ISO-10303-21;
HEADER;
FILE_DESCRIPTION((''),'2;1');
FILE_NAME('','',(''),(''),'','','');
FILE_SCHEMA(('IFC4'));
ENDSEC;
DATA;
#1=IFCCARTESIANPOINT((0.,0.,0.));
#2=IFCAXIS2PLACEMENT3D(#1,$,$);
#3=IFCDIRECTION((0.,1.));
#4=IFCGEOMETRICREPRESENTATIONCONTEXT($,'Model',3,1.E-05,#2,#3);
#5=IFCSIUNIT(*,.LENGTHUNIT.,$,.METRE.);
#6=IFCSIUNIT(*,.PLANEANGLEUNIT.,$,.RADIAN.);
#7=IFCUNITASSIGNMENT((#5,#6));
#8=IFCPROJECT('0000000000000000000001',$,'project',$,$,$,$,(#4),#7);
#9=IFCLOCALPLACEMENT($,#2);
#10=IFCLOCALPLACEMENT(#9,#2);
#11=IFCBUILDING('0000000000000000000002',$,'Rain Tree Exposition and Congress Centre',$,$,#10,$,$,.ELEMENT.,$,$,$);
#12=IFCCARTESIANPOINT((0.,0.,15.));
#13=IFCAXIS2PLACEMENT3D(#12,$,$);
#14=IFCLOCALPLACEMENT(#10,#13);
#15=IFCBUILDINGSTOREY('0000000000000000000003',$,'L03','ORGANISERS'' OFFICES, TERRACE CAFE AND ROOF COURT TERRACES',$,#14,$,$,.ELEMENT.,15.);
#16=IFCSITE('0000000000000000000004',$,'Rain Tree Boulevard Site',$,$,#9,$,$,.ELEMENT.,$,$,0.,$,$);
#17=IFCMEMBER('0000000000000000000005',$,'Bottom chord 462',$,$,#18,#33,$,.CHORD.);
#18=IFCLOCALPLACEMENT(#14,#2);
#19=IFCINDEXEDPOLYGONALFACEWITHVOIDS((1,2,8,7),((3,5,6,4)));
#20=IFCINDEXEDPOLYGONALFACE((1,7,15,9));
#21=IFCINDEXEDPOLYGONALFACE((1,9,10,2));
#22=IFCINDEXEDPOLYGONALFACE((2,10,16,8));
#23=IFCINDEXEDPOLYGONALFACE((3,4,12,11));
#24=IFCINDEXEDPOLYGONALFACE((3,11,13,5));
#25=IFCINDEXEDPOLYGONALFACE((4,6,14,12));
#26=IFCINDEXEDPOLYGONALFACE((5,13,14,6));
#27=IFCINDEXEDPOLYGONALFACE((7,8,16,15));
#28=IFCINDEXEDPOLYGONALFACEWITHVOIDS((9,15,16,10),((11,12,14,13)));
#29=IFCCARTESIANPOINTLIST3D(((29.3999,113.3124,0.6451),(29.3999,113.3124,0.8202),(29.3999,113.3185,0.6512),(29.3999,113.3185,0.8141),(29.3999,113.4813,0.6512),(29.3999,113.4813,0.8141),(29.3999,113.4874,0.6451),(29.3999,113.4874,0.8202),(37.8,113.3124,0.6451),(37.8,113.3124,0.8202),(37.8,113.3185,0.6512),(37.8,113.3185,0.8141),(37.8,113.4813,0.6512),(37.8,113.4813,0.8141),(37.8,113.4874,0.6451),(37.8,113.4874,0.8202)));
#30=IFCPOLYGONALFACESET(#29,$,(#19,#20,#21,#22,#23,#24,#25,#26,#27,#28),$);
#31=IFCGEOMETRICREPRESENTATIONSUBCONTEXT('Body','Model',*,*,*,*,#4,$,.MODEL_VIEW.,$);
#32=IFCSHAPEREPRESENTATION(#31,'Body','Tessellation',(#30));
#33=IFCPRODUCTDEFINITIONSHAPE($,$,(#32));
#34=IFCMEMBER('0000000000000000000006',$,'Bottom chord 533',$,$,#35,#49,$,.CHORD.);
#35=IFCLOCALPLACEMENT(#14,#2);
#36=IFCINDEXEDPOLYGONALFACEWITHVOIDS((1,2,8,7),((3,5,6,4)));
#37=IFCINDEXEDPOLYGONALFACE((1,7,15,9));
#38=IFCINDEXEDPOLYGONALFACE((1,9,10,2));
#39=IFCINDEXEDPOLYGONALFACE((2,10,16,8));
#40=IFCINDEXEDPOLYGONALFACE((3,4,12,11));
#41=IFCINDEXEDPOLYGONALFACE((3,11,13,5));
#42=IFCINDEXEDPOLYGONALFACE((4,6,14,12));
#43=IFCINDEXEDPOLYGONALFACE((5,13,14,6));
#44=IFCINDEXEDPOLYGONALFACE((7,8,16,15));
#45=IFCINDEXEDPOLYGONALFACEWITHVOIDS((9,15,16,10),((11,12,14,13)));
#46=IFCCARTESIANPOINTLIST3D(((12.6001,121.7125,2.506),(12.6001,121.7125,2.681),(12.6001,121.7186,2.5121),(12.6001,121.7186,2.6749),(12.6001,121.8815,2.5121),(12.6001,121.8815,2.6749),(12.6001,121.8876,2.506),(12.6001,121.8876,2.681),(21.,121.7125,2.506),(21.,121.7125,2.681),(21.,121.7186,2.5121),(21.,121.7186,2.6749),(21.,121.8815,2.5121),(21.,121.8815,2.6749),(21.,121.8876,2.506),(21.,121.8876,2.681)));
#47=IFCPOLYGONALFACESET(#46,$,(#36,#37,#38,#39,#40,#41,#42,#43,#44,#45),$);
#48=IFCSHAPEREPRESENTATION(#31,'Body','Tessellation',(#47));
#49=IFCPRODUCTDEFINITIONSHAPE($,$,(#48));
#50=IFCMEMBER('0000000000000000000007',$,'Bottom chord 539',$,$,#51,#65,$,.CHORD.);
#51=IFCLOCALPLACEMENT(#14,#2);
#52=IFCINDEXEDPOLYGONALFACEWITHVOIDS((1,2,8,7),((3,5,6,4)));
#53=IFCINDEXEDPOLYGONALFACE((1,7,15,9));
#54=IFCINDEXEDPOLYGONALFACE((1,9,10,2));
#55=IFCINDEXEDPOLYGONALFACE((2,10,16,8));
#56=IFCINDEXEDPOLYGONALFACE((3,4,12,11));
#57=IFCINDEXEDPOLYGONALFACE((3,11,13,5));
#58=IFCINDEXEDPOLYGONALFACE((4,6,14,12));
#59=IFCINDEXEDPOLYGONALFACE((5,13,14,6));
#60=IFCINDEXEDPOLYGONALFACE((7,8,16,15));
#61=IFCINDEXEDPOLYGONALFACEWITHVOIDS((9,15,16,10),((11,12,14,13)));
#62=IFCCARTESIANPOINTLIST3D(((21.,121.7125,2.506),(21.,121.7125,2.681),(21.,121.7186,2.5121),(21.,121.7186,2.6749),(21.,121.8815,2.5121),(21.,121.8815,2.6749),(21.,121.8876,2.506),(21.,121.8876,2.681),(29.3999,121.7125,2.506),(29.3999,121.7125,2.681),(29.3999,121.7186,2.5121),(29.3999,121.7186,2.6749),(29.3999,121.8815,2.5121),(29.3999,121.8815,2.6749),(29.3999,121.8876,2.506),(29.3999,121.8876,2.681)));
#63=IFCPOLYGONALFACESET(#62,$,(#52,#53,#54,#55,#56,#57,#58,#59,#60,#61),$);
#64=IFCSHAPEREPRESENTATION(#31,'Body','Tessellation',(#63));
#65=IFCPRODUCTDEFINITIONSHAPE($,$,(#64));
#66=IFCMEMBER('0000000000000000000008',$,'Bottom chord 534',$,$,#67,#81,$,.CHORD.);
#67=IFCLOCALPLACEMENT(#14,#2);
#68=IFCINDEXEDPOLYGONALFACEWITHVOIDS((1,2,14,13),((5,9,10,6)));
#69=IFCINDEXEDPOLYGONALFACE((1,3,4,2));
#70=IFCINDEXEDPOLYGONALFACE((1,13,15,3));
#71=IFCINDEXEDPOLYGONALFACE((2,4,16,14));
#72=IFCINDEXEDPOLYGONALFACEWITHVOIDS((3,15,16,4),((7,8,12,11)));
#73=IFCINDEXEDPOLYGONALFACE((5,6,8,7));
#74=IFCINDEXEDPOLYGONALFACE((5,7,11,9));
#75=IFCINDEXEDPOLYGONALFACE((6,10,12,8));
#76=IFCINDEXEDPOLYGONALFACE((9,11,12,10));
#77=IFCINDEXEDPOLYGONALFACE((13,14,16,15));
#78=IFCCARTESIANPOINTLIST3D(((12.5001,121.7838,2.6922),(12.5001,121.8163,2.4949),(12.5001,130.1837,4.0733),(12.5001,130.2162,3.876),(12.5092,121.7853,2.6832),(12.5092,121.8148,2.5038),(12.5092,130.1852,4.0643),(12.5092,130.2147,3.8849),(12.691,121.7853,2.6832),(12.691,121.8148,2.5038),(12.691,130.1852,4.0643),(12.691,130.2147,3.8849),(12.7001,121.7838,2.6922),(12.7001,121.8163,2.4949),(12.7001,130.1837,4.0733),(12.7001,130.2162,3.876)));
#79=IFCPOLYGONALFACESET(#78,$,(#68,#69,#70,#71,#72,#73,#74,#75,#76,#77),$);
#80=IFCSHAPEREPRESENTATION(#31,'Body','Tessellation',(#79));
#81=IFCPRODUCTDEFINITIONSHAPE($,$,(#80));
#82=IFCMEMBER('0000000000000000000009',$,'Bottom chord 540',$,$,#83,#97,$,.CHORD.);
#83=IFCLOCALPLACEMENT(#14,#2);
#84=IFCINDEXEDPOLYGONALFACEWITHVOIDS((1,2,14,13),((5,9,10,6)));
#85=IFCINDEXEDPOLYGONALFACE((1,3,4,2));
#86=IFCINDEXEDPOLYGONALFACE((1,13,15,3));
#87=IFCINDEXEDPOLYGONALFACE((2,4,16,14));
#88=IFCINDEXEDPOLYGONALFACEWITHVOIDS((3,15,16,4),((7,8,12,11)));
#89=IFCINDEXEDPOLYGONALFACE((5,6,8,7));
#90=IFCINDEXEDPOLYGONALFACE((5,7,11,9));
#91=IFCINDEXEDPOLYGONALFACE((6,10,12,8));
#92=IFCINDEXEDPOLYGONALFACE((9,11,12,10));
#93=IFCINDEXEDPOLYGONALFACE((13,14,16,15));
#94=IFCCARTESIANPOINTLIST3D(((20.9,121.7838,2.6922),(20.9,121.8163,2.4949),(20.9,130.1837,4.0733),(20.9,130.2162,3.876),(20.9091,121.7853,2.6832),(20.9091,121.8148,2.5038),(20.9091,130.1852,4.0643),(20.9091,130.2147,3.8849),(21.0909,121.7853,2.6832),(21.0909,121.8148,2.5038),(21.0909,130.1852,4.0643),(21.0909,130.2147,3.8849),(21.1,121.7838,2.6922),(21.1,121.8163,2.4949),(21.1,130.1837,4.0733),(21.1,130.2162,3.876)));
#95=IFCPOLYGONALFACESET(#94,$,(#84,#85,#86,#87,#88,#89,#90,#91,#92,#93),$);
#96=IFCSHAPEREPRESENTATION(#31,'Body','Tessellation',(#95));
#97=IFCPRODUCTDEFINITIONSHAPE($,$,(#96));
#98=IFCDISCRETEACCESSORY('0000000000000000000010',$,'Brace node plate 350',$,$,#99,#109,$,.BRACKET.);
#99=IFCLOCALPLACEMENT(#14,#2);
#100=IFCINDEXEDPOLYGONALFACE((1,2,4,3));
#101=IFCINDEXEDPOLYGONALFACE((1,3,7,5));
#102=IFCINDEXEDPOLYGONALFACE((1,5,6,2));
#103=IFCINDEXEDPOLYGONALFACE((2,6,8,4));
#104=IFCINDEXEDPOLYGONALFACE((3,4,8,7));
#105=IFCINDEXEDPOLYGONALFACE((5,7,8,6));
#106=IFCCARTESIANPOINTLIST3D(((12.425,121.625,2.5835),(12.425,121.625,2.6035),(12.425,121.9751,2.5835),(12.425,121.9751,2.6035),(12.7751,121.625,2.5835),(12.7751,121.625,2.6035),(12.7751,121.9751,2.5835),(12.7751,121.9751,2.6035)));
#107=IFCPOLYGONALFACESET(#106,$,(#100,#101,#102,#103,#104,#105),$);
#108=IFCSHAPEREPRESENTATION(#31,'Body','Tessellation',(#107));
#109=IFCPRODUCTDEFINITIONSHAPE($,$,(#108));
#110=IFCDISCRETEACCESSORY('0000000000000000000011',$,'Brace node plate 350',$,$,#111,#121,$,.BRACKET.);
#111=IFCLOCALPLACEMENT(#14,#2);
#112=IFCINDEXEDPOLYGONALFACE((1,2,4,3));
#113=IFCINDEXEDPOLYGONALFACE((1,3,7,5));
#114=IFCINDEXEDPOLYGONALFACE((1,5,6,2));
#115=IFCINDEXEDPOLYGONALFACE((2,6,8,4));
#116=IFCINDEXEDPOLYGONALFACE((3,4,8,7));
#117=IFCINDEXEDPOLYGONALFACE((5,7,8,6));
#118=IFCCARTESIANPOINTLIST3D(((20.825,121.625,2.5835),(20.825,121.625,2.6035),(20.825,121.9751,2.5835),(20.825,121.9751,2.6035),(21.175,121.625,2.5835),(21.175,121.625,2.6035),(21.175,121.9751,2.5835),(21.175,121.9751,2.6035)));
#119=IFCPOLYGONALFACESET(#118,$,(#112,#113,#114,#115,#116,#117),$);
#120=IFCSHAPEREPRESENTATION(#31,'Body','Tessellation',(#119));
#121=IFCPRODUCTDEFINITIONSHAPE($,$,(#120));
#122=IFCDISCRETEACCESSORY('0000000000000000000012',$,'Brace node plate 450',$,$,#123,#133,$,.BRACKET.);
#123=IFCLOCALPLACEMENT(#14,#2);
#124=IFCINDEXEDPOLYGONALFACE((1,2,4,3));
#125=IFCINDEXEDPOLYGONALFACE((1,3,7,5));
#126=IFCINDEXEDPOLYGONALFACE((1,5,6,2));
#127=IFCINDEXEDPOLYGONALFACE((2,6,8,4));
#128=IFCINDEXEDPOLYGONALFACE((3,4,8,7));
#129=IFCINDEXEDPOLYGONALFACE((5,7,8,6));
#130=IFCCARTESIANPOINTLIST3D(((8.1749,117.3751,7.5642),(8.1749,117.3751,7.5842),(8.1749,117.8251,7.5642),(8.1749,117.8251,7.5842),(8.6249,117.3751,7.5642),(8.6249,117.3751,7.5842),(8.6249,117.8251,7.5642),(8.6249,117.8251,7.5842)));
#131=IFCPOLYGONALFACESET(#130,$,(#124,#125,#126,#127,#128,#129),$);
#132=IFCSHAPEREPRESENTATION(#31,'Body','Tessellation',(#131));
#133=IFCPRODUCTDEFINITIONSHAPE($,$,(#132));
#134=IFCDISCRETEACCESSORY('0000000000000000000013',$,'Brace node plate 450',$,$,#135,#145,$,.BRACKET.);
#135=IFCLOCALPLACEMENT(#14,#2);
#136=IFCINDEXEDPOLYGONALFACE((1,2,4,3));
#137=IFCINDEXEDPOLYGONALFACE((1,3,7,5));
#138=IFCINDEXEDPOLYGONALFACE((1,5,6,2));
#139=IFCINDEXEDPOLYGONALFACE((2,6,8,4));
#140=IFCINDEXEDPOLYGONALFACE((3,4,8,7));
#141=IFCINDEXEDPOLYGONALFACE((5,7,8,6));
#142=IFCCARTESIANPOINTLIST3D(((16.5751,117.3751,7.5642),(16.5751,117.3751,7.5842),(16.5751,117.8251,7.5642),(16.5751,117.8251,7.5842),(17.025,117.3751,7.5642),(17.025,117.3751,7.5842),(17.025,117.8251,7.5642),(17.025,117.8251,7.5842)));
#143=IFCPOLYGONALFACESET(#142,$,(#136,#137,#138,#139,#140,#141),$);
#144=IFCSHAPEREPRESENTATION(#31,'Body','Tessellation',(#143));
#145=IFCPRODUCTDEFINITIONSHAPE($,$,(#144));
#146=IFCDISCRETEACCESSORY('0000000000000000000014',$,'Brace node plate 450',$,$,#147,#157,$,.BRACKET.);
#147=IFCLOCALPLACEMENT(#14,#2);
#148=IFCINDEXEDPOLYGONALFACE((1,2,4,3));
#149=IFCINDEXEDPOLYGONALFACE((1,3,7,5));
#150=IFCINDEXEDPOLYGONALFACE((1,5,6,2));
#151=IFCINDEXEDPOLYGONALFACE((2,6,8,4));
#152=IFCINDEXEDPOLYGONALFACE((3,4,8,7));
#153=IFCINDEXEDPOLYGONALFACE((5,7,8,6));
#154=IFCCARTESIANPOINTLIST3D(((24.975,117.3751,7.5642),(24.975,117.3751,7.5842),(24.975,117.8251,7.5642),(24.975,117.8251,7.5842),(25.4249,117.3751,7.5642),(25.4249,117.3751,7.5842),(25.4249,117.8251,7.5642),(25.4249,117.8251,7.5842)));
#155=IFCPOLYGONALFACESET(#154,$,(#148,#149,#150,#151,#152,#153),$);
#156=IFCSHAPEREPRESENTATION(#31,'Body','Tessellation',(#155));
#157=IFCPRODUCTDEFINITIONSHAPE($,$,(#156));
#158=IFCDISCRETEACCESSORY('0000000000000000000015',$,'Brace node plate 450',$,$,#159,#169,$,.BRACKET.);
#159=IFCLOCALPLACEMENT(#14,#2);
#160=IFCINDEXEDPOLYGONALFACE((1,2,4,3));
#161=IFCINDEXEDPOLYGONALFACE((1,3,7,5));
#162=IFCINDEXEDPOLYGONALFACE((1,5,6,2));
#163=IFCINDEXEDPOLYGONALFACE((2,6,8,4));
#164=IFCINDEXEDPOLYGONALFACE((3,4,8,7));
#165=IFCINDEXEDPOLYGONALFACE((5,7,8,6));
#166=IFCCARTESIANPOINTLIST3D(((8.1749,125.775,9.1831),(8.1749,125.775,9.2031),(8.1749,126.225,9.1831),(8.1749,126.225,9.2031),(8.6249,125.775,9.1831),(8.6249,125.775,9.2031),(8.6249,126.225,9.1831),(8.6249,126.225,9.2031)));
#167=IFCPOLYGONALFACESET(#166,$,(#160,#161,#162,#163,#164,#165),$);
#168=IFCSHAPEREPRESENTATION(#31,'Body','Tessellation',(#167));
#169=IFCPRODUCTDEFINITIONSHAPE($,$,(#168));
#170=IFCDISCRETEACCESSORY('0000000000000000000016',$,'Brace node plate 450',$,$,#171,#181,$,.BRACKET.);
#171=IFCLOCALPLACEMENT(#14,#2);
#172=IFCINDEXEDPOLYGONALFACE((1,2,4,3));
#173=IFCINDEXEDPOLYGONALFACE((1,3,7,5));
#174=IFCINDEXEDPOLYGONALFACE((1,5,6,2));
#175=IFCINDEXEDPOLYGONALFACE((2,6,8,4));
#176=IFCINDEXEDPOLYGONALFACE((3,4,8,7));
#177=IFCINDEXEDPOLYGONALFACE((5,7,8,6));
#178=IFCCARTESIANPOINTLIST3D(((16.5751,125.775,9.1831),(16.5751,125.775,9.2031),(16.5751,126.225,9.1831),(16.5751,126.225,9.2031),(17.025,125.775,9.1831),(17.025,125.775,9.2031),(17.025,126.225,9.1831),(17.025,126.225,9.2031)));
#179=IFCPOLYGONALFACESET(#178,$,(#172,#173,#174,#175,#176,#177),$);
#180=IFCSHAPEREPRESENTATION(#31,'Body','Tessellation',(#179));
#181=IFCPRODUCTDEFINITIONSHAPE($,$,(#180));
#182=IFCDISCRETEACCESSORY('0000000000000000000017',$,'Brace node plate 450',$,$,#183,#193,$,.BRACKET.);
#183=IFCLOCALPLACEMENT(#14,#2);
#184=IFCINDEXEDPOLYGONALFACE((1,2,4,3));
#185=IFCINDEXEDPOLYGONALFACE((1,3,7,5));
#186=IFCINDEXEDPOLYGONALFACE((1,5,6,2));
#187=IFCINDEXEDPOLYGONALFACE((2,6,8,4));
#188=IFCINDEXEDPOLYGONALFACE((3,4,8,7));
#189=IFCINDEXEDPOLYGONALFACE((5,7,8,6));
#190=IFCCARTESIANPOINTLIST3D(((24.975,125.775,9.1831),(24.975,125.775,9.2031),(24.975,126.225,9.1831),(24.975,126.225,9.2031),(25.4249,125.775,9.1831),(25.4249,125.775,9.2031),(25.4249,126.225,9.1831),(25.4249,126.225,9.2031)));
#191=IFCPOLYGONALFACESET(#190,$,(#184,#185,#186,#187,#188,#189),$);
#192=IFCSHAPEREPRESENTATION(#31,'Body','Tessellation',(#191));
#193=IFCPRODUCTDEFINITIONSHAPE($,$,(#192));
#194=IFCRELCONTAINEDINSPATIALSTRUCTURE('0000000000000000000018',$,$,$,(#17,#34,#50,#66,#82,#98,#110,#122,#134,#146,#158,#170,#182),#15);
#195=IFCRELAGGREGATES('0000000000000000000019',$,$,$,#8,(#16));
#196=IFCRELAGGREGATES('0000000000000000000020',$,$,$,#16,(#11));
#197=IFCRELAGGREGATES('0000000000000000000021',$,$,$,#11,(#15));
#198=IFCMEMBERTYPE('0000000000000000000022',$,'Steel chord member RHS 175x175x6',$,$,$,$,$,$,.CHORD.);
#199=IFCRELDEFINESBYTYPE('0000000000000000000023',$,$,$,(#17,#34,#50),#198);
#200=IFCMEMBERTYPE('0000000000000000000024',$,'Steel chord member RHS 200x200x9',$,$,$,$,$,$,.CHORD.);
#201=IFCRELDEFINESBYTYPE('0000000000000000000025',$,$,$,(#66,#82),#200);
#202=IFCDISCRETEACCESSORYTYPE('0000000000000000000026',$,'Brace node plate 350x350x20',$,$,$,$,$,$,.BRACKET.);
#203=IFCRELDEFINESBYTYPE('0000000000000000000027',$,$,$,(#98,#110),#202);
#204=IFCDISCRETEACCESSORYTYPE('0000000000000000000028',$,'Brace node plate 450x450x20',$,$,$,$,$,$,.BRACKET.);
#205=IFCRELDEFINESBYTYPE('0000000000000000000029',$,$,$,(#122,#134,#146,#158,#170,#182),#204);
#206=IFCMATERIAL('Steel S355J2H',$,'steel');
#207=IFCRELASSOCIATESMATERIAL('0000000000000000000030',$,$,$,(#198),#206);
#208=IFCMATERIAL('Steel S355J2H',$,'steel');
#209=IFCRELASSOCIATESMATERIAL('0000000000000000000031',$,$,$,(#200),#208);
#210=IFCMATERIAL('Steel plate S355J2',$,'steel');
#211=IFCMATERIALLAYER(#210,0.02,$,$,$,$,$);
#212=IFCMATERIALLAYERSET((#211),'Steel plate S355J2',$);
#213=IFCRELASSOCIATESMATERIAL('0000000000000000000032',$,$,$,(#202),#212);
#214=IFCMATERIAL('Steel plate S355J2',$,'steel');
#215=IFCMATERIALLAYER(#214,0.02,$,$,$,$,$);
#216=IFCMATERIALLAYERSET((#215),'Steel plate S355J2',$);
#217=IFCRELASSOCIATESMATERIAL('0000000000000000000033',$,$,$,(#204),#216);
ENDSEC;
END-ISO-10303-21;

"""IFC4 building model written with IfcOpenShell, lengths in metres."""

from ifc_helpers import new_model, si_unit, direction, frame, origin, origin_2d, place, context, subcontext, project, spatial, rectangle, hollow_rectangle, extrude, material, layer, layer_set, material_profile, profile_set, type_object, element, save


model = new_model("IFC4")

# Units and contexts
model_context = context("Model", 3, precision=1e-05, world=origin(), true_north=direction((0.0, 1.0)))
body_context = subcontext(model_context, "Body", "Model", "MODEL_VIEW")
ifc_project = project(units=[si_unit("LENGTHUNIT", "METRE"), si_unit("PLANEANGLEUNIT", "RADIAN")], contexts=[model_context])

# Site, building, storey
site_placement = place(None, origin())
site = spatial("IfcSite", under=ifc_project, at=site_placement, Name="Rain Tree Boulevard Site", CompositionType="ELEMENT", RefElevation=0.0)
building_placement = place(site_placement, origin())
building = spatial("IfcBuilding", under=site, at=building_placement, Name="Rain Tree Exposition and Congress Centre", CompositionType="ELEMENT")
storey_placement = place(building_placement, frame((0.0, 0.0, 15.0)))
storey = spatial("IfcBuildingStorey", under=building, at=storey_placement, Name="L03", Description="ORGANISERS' OFFICES, TERRACE CAFE AND ROOF COURT TERRACES", CompositionType="ELEMENT", Elevation=15.0)

# Members
ifc_material_1 = material(Name="Steel S355J2H", Category="steel")
ifc_material_profile_1 = material_profile(ifc_material_1, hollow_rectangle(XDim=0.175, YDim=0.175, WallThickness=0.0061, at=origin_2d()), Name="RHS 175x175x6")
ifc_profile_set_1 = profile_set([ifc_material_profile_1], Name="Steel S355J2H")
member_type_1 = type_object("IfcMemberType", Name="Steel chord member RHS 175x175x6", PredefinedType="CHORD", material=ifc_profile_set_1)
member_1_placement = place(storey_placement, frame((29.3999, 113.3999, 0.7327), z_axis=(1.0, 0.0, 0.0), x_axis=(0.0, 1.0, 0.0)))
element("IfcMember", 1, at=member_1_placement, inside=storey, type_object=member_type_1, Name="Bottom chord 462", PredefinedType="CHORD", context=body_context, shape_type="SweptSolid", body=[
    extrude(hollow_rectangle(XDim=0.175, YDim=0.175, WallThickness=0.0061, at=origin_2d()), origin(), (0.0, 0.0, 1.0), 8.4001),
])
for number, where, z_axis, x_axis, name in (
    (2, (12.6001, 121.8, 2.5935), (1.0, 0.0, 0.0), (0.0, 1.0, 0.0), "Bottom chord 533"),
    (3, (21.0, 121.8, 2.5935), (1.0, 0.0, 0.0), (0.0, 1.0, 0.0), "Bottom chord 539"),
):
    element("IfcMember", number, at=place(storey_placement, frame(where, z_axis=z_axis, x_axis=x_axis)), inside=storey, type_object=member_type_1, Name=name, PredefinedType="CHORD", context=body_context, shape_type="SweptSolid", body=[
        extrude(hollow_rectangle(XDim=0.175, YDim=0.175, WallThickness=0.0061, at=origin_2d()), origin(), (0.0, 0.0, 1.0), 8.3999),
    ])
ifc_material_2 = material(Name="Steel S355J2H", Category="steel")
ifc_material_profile_2 = material_profile(ifc_material_2, hollow_rectangle(XDim=0.2, YDim=0.2, WallThickness=0.009, at=origin_2d()), Name="RHS 200x200x9")
ifc_profile_set_2 = profile_set([ifc_material_profile_2], Name="Steel S355J2H")
member_type_2 = type_object("IfcMemberType", Name="Steel chord member RHS 200x200x9", PredefinedType="CHORD", material=ifc_profile_set_2)
for number, where, z_axis, x_axis, name in (
    (4, (12.6001, 121.8, 2.5935), (0.0, 0.986751, 0.162241), (-1.0, 0.0, 0.0), "Bottom chord 534"),
    (5, (21.0, 121.8, 2.5935), (0.0, 0.986751, 0.162241), (-1.0, 0.0, 0.0), "Bottom chord 540"),
):
    element("IfcMember", number, at=place(storey_placement, frame(where, z_axis=z_axis, x_axis=x_axis)), inside=storey, type_object=member_type_2, Name=name, PredefinedType="CHORD", context=body_context, shape_type="SweptSolid", body=[
        extrude(hollow_rectangle(XDim=0.2, YDim=0.2, WallThickness=0.009, at=origin_2d()), origin(), (0.0, 0.0, 1.0), 8.5127),
    ])

# Discrete accessories
ifc_material_3 = material(Name="Steel plate S355J2", Category="steel")
ifc_layer_1 = layer(ifc_material_3, 0.02)
ifc_layer_set_1 = layer_set([ifc_layer_1], Name="Steel plate S355J2")
discrete_accessory_type_1 = type_object("IfcDiscreteAccessoryType", Name="Brace node plate 350x350x20", PredefinedType="BRACKET", material=ifc_layer_set_1)
for number, where, z_axis, x_axis, name in (
    (6, (12.6001, 121.8, 2.5835), (0.0, 0.0, 1.0), (1.0, 0.0, 0.0), "Brace node plate 350"),
    (7, (21.0, 121.8, 2.5835), (0.0, 0.0, 1.0), (1.0, 0.0, 0.0), "Brace node plate 350"),
):
    element("IfcDiscreteAccessory", number, at=place(storey_placement, frame(where, z_axis=z_axis, x_axis=x_axis)), inside=storey, type_object=discrete_accessory_type_1, Name=name, PredefinedType="BRACKET", context=body_context, shape_type="SweptSolid", body=[
        extrude(rectangle(XDim=0.3501, YDim=0.3501, at=origin_2d()), origin(), (0.0, 0.0, 1.0), 0.02),
    ])
ifc_material_4 = material(Name="Steel plate S355J2", Category="steel")
ifc_layer_2 = layer(ifc_material_4, 0.02)
ifc_layer_set_2 = layer_set([ifc_layer_2], Name="Steel plate S355J2")
discrete_accessory_type_2 = type_object("IfcDiscreteAccessoryType", Name="Brace node plate 450x450x20", PredefinedType="BRACKET", material=ifc_layer_set_2)
for number, where, z_axis, x_axis, name in (
    (8, (8.3999, 117.6001, 7.5642), (0.0, 0.0, 1.0), (1.0, 0.0, 0.0), "Brace node plate 450"),
    (9, (16.8, 117.6001, 7.5642), (0.0, 0.0, 1.0), (1.0, 0.0, 0.0), "Brace node plate 450"),
    (10, (25.2, 117.6001, 7.5642), (0.0, 0.0, 1.0), (1.0, 0.0, 0.0), "Brace node plate 450"),
    (11, (8.3999, 126.0, 9.1831), (0.0, 0.0, 1.0), (1.0, 0.0, 0.0), "Brace node plate 450"),
    (12, (16.8, 126.0, 9.1831), (0.0, 0.0, 1.0), (1.0, 0.0, 0.0), "Brace node plate 450"),
    (13, (25.2, 126.0, 9.1831), (0.0, 0.0, 1.0), (1.0, 0.0, 0.0), "Brace node plate 450"),
):
    element("IfcDiscreteAccessory", number, at=place(storey_placement, frame(where, z_axis=z_axis, x_axis=x_axis)), inside=storey, type_object=discrete_accessory_type_2, Name=name, PredefinedType="BRACKET", context=body_context, shape_type="SweptSolid", body=[
        extrude(rectangle(XDim=0.45, YDim=0.45, at=origin_2d()), origin(), (0.0, 0.0, 1.0), 0.02),
    ])

save(model, "model.ifc")
